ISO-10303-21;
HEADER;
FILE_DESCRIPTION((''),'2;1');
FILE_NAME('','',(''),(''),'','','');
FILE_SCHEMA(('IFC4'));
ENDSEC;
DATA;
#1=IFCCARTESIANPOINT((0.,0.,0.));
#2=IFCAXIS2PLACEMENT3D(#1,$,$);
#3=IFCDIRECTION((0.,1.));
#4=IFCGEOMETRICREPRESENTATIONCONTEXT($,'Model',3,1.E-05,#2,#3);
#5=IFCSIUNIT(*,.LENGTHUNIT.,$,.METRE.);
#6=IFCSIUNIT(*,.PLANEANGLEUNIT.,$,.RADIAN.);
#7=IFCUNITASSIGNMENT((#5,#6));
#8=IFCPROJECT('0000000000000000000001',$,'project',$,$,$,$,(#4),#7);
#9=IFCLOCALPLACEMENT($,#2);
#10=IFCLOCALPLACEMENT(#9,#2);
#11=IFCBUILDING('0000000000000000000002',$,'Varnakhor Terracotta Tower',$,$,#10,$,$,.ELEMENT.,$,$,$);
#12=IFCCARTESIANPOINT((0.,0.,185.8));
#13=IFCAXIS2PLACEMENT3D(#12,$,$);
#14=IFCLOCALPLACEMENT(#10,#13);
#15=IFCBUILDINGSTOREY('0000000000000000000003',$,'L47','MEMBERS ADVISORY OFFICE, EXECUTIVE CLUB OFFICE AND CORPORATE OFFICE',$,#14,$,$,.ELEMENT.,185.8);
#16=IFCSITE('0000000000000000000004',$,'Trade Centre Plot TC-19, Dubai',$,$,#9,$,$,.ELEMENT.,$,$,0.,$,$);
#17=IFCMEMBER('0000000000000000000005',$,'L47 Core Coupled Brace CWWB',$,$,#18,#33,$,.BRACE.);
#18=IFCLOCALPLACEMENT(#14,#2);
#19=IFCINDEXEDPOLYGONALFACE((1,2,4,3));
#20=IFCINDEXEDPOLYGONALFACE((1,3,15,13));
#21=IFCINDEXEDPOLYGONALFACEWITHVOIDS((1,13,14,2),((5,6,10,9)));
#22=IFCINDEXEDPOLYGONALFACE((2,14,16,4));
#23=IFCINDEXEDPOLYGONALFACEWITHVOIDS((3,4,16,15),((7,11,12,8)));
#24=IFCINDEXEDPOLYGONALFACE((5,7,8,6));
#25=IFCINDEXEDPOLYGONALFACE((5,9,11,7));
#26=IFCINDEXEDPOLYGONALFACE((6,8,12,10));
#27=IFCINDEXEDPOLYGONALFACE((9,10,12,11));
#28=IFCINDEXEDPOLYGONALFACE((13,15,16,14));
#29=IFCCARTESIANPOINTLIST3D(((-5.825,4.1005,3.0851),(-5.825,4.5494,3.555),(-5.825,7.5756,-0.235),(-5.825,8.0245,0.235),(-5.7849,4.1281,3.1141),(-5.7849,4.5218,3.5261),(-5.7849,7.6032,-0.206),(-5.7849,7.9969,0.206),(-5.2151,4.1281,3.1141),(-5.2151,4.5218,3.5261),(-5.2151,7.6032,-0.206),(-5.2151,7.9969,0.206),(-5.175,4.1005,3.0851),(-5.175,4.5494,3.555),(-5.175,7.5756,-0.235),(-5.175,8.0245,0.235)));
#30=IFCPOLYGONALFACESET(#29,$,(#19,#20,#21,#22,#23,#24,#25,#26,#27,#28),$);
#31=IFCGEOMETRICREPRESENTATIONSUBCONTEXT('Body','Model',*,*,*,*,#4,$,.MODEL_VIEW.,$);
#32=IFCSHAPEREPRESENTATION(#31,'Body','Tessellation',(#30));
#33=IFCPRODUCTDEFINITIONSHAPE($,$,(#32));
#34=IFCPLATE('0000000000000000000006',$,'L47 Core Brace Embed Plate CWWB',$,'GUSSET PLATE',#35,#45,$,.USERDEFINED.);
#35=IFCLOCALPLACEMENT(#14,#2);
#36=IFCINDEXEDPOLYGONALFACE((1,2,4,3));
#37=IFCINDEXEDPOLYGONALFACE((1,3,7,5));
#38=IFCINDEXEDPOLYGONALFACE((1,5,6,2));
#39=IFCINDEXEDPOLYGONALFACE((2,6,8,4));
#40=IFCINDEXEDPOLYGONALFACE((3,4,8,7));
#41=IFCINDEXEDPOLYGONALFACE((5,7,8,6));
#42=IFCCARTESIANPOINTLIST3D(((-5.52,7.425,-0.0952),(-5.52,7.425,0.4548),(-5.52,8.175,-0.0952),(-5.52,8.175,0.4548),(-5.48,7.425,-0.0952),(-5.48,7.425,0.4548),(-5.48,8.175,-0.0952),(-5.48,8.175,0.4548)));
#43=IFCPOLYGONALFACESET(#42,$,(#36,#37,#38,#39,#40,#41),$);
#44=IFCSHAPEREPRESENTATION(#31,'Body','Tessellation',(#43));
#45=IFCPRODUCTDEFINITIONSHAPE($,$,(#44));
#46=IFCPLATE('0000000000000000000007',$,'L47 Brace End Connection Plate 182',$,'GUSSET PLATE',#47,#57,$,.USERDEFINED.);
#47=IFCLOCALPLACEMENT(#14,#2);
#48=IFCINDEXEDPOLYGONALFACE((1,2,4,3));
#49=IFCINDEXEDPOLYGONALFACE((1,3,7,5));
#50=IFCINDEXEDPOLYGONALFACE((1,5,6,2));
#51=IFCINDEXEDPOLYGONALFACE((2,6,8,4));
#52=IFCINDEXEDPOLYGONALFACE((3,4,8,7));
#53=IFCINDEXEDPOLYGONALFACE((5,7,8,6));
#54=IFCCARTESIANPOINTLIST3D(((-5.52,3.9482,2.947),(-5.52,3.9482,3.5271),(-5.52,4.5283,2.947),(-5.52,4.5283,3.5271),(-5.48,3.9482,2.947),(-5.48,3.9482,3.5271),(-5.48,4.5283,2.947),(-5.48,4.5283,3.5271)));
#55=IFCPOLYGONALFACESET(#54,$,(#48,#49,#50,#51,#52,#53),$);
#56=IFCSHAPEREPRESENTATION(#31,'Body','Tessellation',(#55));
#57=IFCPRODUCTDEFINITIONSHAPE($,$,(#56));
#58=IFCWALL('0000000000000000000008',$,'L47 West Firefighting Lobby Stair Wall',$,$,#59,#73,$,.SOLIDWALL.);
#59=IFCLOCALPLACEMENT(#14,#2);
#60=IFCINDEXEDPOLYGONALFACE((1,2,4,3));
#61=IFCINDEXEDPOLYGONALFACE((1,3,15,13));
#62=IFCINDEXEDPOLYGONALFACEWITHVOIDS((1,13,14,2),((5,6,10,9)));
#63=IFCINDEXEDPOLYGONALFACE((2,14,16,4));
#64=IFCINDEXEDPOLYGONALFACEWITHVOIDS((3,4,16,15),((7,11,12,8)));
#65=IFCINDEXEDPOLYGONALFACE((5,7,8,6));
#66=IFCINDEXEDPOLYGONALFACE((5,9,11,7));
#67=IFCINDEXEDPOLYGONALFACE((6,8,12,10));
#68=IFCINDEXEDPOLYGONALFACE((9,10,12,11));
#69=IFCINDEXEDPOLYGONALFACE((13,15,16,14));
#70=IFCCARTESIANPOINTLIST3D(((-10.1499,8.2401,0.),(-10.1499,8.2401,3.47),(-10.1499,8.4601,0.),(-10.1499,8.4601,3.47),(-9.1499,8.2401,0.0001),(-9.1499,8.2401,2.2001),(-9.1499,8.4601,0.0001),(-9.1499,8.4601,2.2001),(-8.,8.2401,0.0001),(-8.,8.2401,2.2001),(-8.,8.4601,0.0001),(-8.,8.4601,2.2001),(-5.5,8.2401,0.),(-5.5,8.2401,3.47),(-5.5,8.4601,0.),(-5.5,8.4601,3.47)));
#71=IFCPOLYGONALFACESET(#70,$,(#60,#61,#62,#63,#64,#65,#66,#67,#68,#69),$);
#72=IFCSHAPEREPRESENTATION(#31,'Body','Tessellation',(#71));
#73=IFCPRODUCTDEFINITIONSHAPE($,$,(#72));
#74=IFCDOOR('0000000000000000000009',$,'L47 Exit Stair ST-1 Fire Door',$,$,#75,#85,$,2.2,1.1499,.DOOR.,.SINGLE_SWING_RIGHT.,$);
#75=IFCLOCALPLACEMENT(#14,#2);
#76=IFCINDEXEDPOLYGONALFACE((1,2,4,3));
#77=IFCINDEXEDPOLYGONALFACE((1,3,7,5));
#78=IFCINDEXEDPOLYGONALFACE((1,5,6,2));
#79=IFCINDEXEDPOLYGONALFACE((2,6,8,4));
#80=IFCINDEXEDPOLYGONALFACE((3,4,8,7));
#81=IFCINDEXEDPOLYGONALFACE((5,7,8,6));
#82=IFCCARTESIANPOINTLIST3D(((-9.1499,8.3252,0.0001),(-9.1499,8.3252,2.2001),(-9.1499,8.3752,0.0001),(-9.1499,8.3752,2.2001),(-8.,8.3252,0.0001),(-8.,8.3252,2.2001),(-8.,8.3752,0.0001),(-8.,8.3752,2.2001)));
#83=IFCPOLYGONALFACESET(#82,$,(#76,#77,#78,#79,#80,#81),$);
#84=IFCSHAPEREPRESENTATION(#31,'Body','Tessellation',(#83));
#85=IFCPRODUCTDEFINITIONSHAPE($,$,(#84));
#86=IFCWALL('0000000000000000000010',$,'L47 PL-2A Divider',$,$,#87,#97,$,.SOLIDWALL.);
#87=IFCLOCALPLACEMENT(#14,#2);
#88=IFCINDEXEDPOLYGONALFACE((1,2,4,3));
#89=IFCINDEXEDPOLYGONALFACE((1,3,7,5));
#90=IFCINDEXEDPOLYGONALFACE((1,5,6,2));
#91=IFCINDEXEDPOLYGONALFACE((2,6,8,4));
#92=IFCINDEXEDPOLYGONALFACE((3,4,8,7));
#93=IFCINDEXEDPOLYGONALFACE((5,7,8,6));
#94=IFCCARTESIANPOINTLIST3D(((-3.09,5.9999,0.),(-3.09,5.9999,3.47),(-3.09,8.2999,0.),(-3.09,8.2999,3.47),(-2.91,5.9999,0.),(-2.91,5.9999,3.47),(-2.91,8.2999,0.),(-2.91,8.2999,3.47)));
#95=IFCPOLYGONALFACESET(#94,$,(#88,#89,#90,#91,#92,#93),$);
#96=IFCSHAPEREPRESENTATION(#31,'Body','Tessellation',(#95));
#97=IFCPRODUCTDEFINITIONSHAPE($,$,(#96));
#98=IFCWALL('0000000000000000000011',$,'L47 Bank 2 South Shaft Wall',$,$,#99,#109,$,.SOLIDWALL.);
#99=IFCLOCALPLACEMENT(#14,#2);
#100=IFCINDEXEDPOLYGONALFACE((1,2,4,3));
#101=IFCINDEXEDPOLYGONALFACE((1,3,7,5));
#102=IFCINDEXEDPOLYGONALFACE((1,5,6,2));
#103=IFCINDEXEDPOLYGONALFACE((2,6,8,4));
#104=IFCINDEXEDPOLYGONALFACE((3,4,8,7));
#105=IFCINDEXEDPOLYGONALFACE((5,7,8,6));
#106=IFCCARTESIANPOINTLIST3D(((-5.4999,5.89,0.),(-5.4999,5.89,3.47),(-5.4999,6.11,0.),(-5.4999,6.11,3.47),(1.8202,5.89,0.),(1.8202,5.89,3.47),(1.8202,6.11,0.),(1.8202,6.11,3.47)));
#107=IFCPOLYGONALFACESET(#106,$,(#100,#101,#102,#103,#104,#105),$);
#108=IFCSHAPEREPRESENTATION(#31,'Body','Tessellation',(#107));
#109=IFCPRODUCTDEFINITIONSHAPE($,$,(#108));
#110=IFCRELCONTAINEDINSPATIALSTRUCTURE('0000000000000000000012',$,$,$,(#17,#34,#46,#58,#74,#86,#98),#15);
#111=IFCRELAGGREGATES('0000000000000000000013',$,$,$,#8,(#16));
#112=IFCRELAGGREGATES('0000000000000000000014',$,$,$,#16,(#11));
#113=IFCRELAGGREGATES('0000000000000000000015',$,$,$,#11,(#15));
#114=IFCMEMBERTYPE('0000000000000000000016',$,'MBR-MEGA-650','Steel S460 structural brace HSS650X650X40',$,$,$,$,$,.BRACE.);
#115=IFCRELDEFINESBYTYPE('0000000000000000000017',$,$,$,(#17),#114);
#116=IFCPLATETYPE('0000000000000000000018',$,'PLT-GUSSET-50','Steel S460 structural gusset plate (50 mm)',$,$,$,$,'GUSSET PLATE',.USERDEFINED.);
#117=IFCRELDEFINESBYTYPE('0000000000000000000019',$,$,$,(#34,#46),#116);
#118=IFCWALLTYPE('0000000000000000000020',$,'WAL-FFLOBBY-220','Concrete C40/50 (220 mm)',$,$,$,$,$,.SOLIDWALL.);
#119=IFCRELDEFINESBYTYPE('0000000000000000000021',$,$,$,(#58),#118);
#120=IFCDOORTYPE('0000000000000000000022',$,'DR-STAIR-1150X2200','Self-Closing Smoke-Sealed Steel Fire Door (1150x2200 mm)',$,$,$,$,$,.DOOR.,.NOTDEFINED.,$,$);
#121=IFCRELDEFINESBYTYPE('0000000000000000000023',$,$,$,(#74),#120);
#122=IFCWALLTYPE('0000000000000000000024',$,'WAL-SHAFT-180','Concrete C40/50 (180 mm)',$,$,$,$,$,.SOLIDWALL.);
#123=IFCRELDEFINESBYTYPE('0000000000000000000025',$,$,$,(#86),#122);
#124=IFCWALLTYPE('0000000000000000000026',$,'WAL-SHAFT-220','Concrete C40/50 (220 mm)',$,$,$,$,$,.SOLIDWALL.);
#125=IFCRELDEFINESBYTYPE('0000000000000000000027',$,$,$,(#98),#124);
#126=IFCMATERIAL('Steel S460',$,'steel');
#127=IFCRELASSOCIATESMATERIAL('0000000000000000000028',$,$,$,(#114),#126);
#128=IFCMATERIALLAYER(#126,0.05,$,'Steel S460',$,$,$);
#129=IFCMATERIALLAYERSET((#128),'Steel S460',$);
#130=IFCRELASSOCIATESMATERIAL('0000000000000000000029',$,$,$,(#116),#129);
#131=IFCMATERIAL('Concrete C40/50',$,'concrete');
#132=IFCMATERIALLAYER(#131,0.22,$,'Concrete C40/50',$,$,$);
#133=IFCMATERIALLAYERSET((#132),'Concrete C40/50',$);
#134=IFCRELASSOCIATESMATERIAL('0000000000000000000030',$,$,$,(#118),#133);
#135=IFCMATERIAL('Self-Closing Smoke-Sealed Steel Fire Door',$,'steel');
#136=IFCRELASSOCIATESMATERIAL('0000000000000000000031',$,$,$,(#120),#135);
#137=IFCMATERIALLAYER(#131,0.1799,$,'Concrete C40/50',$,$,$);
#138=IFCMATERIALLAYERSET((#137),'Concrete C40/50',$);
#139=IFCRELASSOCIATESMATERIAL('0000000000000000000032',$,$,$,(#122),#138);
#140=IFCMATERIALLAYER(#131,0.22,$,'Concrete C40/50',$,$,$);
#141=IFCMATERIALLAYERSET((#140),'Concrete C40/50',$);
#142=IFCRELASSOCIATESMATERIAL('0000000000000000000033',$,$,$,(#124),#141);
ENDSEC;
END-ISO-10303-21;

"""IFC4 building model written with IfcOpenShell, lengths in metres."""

from ifc_helpers import new_model, si_unit, direction, frame, frame_2d, origin, origin_2d, place, context, subcontext, project, spatial, rectangle, hollow_rectangle, extrude, source, transform, mapped, material, layer, layer_set, material_profile, profile_set, type_object, type_shapes, element, fill, save


model = new_model("IFC4")

# Units and contexts
model_context = context("Model", 3, precision=1e-05, world=origin(), true_north=direction((0.0, 1.0)))
body_context = subcontext(model_context, "Body", "Model", "MODEL_VIEW")
ifc_project = project(units=[si_unit("LENGTHUNIT", "METRE"), si_unit("PLANEANGLEUNIT", "RADIAN")], contexts=[model_context])

# Site, building, storey
site_placement = place(None, origin())
site = spatial("IfcSite", under=ifc_project, at=site_placement, Name="Trade Centre Plot TC-19, Dubai", CompositionType="ELEMENT", RefElevation=0.0)
building_placement = place(site_placement, origin())
building = spatial("IfcBuilding", under=site, at=building_placement, Name="Varnakhor Terracotta Tower", CompositionType="ELEMENT")
storey_placement = place(building_placement, frame((0.0, 0.0, 185.8)))
storey = spatial("IfcBuildingStorey", under=building, at=storey_placement, Name="L47", Description="MEMBERS ADVISORY OFFICE, EXECUTIVE CLUB OFFICE AND CORPORATE OFFICE", CompositionType="ELEMENT", Elevation=185.8)

# Member
ifc_material_1 = material(Name="Steel S460", Category="steel")
ifc_material_profile = material_profile(ifc_material_1, hollow_rectangle(XDim=0.6499, YDim=0.6499, WallThickness=0.04, at=origin_2d()), Name="HSS650X650X40")
ifc_profile_set = profile_set([ifc_material_profile], Name="Steel S460")
member_type = type_object("IfcMemberType", Name="MBR-MEGA-650", Description="Steel S460 structural brace HSS650X650X40", PredefinedType="BRACE", material=ifc_profile_set)
shared_shape_1 = source(origin(), body_context, "Body", "SweptSolid", [
    extrude(hollow_rectangle(XDim=0.6499, YDim=0.6499, WallThickness=0.04, at=origin_2d()), origin(), (0.0, 0.0, 1.0), 4.8062),
])
member_placement = place(storey_placement, frame((-5.5, 7.8, 0.0), z_axis=(0.0, -0.723051, 0.690795), x_axis=(1.0, 0.0, 0.0)))
element("IfcMember", 1, at=member_placement, inside=storey, type_object=member_type, Name="L47 Core Coupled Brace CWWB", PredefinedType="BRACE", context=body_context, shape_type="MappedRepresentation", body=[
    mapped(shared_shape_1, transform((0.0, 0.0, 0.0), scale=1.0)),
])

# Plates
ifc_layer_1 = layer(ifc_material_1, 0.05, Name="Steel S460")
ifc_layer_set_1 = layer_set([ifc_layer_1], Name="Steel S460")
plate_type = type_object("IfcPlateType", Name="PLT-GUSSET-50", Description="Steel S460 structural gusset plate (50 mm)", ElementType="GUSSET PLATE", PredefinedType="USERDEFINED", material=ifc_layer_set_1)
shared_shape_2 = source(origin(), body_context, "Body", "SweptSolid", [
    extrude(rectangle(XDim=0.75, YDim=0.04, at=origin_2d()), origin(), (0.0, 0.0, 1.0), 0.55),
])
type_shapes(plate_type, [shared_shape_2])
plate_1_placement = place(storey_placement, frame((-5.5, 7.8, -0.0952), z_axis=(0.0, 0.0, 1.0), x_axis=(0.0, 1.0, 0.0)))
element("IfcPlate", 2, at=plate_1_placement, inside=storey, type_object=plate_type, Name="L47 Core Brace Embed Plate CWWB", ObjectType="GUSSET PLATE", PredefinedType="USERDEFINED", context=body_context, shape_type="MappedRepresentation", body=[
    mapped(shared_shape_2, transform((0.0, 0.0, 0.0), scale=1.0)),
])
shared_shape_3 = source(origin(), body_context, "Body", "SweptSolid", [
    extrude(rectangle(XDim=0.5801, YDim=0.04, at=origin_2d()), origin(), (0.0, 0.0, 1.0), 0.5801),
])
plate_2_placement = place(storey_placement, frame((-5.5, 4.2383, 2.947), z_axis=(0.0, 0.0, 1.0), x_axis=(0.0, 1.0, 0.0)))
element("IfcPlate", 3, at=plate_2_placement, inside=storey, type_object=plate_type, Name="L47 Brace End Connection Plate 182", ObjectType="GUSSET PLATE", PredefinedType="USERDEFINED", context=body_context, shape_type="MappedRepresentation", body=[
    mapped(shared_shape_3, transform((0.0, 0.0, 0.0), scale=1.0)),
])

# Wall, opening, door
ifc_material_2 = material(Name="Concrete C40/50", Category="concrete")
ifc_layer_2 = layer(ifc_material_2, 0.22, Name="Concrete C40/50")
ifc_layer_set_2 = layer_set([ifc_layer_2], Name="Concrete C40/50")
wall_type_1 = type_object("IfcWallType", Name="WAL-FFLOBBY-220", Description="Concrete C40/50 (220 mm)", PredefinedType="SOLIDWALL", material=ifc_layer_set_2)
wall_1_placement = place(storey_placement, frame((-5.5, 8.3501, 0.0), z_axis=(0.0, 0.0, 1.0), x_axis=(-1.0, 0.0, 0.0)))
wall_1 = element("IfcWall", 4, at=wall_1_placement, inside=storey, type_object=wall_type_1, Name="L47 West Firefighting Lobby Stair Wall", PredefinedType="SOLIDWALL", context=body_context, shape_type="SweptSolid", body=[
    extrude(rectangle(XDim=4.6499, YDim=0.22, at=frame_2d((2.325, 0.0))), origin(), (0.0, 0.0, 1.0), 3.47),
])
opening_1_placement = place(wall_1_placement, frame((2.5, 0.0, 0.0)))
opening_1 = element("IfcOpeningElement", 5, at=opening_1_placement, cuts=wall_1, PredefinedType="OPENING", context=body_context, shape_type="SweptSolid", body=[
    extrude(rectangle(XDim=1.1499, YDim=2.2, at=frame_2d((0.575, 1.1001))), frame((0.0, 0.1201, 0.0), z_axis=(0.0, -1.0, 0.0), x_axis=(1.0, 0.0, 0.0)), (0.0, 0.0, 1.0), 0.24),
])
ifc_material_3 = material(Name="Self-Closing Smoke-Sealed Steel Fire Door", Category="steel")
door_type_1 = type_object("IfcDoorType", Name="DR-STAIR-1150X2200", Description="Self-Closing Smoke-Sealed Steel Fire Door (1150x2200 mm)", OperationType="NOTDEFINED", PredefinedType="DOOR", material=ifc_material_3)
shared_shape_4 = source(origin(), body_context, "Body", "SweptSolid", [
    extrude(rectangle(XDim=1.1499, YDim=2.2, at=frame_2d((0.575, 1.1001))), frame((0.0, 0.0249, 0.0), z_axis=(0.0, -1.0, 0.0), x_axis=(1.0, 0.0, 0.0)), (0.0, 0.0, 1.0), 0.05),
])
type_shapes(door_type_1, [shared_shape_4])
door_1_placement = place(opening_1_placement, origin())
door_1 = element("IfcDoor", 6, at=door_1_placement, inside=storey, type_object=door_type_1, Name="L47 Exit Stair ST-1 Fire Door", OperationType="SINGLE_SWING_RIGHT", OverallHeight=2.2, OverallWidth=1.1499, PredefinedType="DOOR", context=body_context, shape_type="MappedRepresentation", body=[
    mapped(shared_shape_4, transform((0.0, 0.0, 0.0), scale=1.0)),
])
fill(opening_1, door_1)

# Walls
ifc_layer_3 = layer(ifc_material_2, 0.1799, Name="Concrete C40/50")
ifc_layer_set_3 = layer_set([ifc_layer_3], Name="Concrete C40/50")
wall_type_2 = type_object("IfcWallType", Name="WAL-SHAFT-180", Description="Concrete C40/50 (180 mm)", PredefinedType="SOLIDWALL", material=ifc_layer_set_3)
wall_2_placement = place(storey_placement, frame((-3.0, 6.0, 0.0), z_axis=(0.0, 0.0, 1.0), x_axis=(0.0, 1.0, 0.0)))
element("IfcWall", 7, at=wall_2_placement, inside=storey, type_object=wall_type_2, Name="L47 PL-2A Divider", PredefinedType="SOLIDWALL", context=body_context, shape_type="SweptSolid", body=[
    extrude(rectangle(XDim=2.3, YDim=0.1799, at=frame_2d((1.1499, 0.0))), origin(), (0.0, 0.0, 1.0), 3.47),
])
ifc_layer_4 = layer(ifc_material_2, 0.22, Name="Concrete C40/50")
ifc_layer_set_4 = layer_set([ifc_layer_4], Name="Concrete C40/50")
wall_type_3 = type_object("IfcWallType", Name="WAL-SHAFT-220", Description="Concrete C40/50 (220 mm)", PredefinedType="SOLIDWALL", material=ifc_layer_set_4)
wall_3_placement = place(storey_placement, frame((-5.5, 6.0, 0.0), z_axis=(0.0, 0.0, 1.0), x_axis=(1.0, 0.0, 0.0)))
element("IfcWall", 8, at=wall_3_placement, inside=storey, type_object=wall_type_3, Name="L47 Bank 2 South Shaft Wall", PredefinedType="SOLIDWALL", context=body_context, shape_type="SweptSolid", body=[
    extrude(rectangle(XDim=7.3201, YDim=0.22, at=frame_2d((3.6602, 0.0))), origin(), (0.0, 0.0, 1.0), 3.47),
])

save(model, "model.ifc")
